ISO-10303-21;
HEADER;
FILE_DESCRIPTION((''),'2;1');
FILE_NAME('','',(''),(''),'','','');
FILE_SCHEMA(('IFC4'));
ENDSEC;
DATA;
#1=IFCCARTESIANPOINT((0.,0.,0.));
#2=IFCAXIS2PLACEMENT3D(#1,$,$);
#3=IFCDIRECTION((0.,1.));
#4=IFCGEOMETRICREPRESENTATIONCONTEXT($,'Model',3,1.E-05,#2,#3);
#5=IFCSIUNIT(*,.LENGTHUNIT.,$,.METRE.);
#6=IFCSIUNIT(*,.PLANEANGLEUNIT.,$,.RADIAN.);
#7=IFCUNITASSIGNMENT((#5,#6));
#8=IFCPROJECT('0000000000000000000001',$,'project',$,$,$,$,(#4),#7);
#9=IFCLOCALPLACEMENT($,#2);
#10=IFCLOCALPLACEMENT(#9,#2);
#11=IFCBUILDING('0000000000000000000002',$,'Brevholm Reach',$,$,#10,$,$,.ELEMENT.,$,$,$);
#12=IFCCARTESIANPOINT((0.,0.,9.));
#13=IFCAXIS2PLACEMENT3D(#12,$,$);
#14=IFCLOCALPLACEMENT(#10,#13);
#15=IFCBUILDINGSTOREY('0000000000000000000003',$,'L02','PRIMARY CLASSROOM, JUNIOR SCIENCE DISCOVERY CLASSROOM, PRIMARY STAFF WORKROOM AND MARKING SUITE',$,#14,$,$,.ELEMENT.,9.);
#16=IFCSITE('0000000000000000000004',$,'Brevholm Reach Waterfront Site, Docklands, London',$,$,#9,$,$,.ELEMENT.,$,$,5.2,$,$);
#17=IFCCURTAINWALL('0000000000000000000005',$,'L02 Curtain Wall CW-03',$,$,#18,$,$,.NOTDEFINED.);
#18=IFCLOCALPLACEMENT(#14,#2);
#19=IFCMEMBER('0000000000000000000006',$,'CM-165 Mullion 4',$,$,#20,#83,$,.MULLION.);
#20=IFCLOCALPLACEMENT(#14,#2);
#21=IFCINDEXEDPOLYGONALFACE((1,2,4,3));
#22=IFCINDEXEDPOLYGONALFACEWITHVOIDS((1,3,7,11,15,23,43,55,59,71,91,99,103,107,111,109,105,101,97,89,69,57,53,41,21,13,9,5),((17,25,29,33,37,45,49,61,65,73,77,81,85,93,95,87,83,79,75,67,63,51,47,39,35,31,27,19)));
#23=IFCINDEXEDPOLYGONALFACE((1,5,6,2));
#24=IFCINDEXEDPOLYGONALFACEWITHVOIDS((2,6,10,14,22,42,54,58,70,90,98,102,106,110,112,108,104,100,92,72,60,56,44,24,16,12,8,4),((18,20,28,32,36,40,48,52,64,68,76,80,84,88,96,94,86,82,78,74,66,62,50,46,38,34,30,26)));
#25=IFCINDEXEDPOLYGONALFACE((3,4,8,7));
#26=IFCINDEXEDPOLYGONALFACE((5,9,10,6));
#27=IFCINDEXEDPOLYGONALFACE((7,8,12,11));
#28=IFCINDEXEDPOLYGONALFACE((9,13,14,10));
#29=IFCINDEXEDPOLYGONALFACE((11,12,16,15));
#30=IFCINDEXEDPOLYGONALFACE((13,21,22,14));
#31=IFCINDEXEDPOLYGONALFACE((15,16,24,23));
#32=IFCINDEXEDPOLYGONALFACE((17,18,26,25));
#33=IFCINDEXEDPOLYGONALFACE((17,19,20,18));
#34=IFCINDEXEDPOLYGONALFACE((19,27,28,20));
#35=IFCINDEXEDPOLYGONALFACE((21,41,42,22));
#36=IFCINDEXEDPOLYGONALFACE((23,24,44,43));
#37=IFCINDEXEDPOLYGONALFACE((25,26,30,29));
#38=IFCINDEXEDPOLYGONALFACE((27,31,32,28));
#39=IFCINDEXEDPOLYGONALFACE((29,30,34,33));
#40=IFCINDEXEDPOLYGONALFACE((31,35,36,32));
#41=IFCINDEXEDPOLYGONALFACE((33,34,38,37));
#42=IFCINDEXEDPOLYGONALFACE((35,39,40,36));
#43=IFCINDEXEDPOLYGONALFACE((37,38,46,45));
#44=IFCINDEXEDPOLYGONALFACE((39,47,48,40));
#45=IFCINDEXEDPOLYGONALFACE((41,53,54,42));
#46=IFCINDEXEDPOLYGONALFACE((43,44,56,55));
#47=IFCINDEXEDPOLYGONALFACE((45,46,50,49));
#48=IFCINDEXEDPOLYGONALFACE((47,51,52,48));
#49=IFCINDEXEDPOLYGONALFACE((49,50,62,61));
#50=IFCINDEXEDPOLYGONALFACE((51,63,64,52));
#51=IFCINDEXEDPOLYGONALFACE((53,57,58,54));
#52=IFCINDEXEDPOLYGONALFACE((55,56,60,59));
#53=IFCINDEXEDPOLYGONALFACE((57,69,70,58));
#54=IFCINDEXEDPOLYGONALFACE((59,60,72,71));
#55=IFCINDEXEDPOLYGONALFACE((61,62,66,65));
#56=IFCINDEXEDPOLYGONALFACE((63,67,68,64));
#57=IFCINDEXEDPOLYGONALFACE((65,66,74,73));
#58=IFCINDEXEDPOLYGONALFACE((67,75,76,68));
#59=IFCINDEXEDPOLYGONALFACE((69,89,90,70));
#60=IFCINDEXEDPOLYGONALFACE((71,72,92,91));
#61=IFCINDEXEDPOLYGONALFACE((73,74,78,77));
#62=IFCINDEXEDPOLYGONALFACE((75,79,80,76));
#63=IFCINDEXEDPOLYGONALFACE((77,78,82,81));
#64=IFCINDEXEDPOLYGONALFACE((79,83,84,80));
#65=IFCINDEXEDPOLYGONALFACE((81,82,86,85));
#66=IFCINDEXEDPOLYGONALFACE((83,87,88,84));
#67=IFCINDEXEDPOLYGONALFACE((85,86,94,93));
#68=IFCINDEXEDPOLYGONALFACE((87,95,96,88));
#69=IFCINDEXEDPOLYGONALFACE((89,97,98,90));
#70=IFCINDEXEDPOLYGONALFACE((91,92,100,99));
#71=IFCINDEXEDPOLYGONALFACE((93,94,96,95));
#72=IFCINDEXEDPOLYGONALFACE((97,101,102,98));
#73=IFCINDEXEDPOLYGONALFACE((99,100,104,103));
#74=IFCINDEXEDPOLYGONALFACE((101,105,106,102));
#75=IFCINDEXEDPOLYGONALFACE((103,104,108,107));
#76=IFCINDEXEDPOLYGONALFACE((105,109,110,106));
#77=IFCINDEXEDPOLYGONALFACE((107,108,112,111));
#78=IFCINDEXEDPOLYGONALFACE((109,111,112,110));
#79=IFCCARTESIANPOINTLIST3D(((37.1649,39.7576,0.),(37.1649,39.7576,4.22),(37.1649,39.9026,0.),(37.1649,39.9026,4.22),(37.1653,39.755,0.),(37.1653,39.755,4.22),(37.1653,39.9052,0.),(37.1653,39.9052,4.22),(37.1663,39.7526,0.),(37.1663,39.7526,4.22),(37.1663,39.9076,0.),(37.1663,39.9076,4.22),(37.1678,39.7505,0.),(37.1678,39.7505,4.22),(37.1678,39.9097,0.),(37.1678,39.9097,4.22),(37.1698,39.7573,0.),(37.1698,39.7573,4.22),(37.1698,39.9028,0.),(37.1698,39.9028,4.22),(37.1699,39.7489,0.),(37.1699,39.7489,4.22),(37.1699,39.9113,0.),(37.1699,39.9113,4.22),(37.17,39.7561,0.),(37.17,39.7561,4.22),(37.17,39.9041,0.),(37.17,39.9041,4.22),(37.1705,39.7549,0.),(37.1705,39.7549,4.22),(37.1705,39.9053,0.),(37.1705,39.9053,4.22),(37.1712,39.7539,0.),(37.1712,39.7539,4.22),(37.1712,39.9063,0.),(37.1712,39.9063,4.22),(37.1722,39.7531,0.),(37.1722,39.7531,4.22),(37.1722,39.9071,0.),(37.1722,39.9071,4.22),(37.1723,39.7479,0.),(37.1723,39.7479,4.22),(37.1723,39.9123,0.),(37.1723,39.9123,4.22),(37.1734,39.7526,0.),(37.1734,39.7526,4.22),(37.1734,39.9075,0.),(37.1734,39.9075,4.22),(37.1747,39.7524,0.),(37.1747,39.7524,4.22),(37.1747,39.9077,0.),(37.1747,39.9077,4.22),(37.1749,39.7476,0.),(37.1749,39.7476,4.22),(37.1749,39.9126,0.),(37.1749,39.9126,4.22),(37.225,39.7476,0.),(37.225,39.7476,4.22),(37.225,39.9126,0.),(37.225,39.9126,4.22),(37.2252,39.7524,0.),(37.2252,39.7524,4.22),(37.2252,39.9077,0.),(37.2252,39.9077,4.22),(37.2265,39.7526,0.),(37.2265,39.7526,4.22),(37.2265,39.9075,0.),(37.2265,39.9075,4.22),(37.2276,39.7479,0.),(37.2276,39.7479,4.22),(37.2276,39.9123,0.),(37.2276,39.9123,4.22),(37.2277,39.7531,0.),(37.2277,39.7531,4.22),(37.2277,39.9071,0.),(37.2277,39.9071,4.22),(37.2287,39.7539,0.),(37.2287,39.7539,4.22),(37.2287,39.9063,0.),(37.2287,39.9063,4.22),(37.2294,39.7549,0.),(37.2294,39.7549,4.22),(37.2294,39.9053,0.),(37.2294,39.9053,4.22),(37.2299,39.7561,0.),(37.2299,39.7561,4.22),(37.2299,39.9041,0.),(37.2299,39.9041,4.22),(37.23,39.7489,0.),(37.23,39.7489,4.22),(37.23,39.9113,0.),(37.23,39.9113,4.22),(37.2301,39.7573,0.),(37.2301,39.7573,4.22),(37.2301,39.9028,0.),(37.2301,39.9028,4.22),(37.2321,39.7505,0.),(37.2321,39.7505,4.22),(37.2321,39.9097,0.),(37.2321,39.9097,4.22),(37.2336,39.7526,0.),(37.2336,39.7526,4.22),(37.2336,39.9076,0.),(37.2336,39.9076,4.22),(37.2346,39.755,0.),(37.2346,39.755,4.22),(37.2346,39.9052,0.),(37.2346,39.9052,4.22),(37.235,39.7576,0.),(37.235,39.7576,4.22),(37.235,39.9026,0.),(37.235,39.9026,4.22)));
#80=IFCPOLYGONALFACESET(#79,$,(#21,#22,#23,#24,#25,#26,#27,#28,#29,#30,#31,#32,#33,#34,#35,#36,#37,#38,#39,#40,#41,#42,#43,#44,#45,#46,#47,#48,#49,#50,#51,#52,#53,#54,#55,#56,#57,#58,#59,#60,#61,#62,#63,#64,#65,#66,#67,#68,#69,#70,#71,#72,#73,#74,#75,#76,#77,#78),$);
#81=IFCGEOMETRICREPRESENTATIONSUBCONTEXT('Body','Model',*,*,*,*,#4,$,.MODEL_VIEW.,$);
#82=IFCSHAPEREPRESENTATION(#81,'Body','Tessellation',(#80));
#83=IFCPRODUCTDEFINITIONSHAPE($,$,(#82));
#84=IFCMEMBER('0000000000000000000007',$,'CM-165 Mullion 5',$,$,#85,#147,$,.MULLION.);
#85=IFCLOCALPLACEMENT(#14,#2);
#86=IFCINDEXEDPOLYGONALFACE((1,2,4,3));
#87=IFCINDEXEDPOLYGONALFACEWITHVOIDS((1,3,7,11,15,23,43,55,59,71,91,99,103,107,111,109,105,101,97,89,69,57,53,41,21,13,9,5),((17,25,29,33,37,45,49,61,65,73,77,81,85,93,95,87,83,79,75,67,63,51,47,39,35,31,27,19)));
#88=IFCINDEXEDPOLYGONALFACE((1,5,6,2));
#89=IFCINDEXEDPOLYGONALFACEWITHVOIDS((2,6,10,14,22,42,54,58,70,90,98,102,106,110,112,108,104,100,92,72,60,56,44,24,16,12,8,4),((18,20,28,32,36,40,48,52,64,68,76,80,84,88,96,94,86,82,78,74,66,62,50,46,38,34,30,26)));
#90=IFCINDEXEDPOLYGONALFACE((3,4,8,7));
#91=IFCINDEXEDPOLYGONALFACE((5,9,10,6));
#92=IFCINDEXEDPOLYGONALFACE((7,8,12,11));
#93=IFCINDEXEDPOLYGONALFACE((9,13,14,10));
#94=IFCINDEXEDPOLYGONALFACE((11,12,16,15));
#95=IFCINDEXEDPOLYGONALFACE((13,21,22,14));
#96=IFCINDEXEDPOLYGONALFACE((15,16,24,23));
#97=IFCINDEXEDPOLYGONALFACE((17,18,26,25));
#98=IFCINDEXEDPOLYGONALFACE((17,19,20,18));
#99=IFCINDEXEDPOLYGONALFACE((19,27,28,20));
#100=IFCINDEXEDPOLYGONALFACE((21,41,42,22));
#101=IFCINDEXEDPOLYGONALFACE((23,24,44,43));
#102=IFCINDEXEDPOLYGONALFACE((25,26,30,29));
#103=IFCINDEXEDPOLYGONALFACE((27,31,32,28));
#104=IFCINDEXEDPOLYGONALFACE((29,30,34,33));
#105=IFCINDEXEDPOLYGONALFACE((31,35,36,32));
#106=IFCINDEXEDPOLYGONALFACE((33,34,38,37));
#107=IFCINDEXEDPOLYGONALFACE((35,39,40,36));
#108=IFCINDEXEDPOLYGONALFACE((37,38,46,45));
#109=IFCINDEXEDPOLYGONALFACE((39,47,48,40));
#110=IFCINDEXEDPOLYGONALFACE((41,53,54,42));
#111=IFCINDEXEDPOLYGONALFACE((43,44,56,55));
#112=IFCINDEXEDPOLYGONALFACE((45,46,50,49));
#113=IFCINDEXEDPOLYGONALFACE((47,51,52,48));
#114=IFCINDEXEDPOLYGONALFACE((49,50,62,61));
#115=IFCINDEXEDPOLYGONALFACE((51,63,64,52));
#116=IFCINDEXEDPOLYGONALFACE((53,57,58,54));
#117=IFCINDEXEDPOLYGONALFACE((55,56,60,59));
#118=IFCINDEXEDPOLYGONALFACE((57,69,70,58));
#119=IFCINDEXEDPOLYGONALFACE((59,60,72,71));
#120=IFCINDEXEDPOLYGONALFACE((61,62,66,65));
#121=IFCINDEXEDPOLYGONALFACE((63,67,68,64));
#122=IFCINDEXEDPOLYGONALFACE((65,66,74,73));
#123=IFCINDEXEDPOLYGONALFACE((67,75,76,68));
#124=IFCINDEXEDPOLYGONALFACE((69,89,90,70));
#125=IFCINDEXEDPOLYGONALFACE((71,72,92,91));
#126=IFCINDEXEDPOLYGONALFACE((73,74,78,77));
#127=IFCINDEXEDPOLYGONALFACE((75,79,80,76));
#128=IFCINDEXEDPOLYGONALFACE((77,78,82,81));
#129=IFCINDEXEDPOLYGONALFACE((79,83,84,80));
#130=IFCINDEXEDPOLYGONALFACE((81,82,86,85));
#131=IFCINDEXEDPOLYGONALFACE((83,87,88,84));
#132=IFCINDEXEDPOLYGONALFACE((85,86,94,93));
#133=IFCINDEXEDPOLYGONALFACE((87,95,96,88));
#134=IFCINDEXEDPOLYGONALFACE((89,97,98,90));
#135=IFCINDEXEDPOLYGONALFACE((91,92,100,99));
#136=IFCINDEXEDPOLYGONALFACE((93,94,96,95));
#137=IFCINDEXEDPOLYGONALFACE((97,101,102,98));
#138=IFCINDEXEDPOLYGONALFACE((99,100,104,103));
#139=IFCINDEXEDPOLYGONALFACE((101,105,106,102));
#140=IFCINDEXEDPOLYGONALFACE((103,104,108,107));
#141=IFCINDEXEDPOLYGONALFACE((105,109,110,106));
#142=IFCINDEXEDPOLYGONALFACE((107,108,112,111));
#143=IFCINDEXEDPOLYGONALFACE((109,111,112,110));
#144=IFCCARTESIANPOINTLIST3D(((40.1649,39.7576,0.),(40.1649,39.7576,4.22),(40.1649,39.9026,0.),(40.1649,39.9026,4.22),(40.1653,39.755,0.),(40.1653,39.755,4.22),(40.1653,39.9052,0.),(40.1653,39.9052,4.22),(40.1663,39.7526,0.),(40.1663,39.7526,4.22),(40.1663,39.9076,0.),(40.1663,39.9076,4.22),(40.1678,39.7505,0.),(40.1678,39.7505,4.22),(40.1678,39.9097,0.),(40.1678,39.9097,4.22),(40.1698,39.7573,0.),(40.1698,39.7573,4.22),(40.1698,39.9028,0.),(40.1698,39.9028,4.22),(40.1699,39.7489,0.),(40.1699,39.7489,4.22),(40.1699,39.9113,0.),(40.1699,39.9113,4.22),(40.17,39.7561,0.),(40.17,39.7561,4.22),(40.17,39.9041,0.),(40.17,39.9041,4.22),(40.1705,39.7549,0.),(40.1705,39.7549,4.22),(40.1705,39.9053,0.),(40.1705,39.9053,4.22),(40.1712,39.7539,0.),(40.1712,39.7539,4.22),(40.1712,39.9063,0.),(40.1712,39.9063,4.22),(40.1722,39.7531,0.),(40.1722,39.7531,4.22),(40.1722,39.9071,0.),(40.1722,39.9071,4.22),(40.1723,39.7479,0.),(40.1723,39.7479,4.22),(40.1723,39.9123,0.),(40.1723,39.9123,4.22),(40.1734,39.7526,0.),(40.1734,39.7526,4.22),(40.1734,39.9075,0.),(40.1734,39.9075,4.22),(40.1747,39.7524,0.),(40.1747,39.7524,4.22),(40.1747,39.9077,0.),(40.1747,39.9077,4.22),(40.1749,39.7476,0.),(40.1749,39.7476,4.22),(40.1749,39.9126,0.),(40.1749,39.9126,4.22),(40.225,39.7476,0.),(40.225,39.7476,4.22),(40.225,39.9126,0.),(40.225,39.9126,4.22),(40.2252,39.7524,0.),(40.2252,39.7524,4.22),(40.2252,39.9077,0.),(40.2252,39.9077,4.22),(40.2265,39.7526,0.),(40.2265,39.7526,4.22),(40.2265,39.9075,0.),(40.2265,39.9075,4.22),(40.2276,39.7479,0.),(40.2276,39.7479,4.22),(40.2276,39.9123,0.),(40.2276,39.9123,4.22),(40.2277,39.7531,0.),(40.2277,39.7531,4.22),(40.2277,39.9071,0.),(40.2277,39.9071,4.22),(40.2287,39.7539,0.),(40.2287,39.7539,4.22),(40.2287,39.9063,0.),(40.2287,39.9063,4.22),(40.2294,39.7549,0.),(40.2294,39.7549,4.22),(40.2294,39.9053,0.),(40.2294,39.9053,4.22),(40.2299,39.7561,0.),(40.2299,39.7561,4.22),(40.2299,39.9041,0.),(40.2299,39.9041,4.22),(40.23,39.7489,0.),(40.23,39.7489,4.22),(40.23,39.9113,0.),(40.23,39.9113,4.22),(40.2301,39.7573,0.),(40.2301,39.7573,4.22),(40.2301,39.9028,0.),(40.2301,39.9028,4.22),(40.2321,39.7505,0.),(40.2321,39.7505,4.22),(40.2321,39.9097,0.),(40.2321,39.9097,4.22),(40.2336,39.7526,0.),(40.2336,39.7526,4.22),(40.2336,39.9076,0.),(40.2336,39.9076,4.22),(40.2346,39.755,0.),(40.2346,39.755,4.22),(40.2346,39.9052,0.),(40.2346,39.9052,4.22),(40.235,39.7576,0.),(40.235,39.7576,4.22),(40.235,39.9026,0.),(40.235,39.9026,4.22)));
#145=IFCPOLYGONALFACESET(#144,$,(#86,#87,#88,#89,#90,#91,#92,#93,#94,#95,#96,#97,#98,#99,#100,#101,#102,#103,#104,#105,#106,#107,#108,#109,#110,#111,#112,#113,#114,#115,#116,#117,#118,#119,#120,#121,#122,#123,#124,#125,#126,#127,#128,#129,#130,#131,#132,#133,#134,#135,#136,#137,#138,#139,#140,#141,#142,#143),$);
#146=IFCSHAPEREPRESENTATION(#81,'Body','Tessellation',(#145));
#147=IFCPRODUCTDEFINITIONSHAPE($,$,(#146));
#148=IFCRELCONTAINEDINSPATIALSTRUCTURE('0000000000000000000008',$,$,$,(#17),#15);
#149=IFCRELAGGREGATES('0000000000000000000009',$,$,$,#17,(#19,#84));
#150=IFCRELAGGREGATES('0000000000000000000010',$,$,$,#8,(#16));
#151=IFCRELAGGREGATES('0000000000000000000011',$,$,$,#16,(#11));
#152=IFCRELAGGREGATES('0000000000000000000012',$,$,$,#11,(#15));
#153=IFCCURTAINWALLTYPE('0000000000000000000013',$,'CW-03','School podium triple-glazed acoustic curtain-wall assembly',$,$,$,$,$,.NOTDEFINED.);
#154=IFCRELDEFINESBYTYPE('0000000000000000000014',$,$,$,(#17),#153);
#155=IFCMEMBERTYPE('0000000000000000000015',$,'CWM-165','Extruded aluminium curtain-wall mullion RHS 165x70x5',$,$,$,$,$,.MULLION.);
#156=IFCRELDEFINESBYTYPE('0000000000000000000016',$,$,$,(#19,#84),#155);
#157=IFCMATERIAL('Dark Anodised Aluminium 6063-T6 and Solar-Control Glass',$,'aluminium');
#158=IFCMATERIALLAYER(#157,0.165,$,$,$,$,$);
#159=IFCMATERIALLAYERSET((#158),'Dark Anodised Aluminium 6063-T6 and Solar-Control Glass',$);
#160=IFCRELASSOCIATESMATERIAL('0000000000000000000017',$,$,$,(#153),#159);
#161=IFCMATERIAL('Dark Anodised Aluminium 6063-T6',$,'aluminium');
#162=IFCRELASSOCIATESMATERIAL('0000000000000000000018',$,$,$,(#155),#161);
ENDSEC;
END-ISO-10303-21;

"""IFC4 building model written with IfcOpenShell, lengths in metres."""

from ifc_helpers import new_model, si_unit, direction, frame, origin, origin_2d, place, context, subcontext, project, spatial, hollow_rectangle, extrude, material, layer, layer_set, material_profile, profile_set, type_object, element, aggregate, save


model = new_model("IFC4")

# Units and contexts
model_context = context("Model", 3, precision=1e-05, world=origin(), true_north=direction((0.0, 1.0)))
body_context = subcontext(model_context, "Body", "Model", "MODEL_VIEW")
ifc_project = project(units=[si_unit("LENGTHUNIT", "METRE"), si_unit("PLANEANGLEUNIT", "RADIAN")], contexts=[model_context])

# Site, building, storey
site_placement = place(None, origin())
site = spatial("IfcSite", under=ifc_project, at=site_placement, Name="Brevholm Reach Waterfront Site, Docklands, London", CompositionType="ELEMENT", RefElevation=5.2)
building_placement = place(site_placement, origin())
building = spatial("IfcBuilding", under=site, at=building_placement, Name="Brevholm Reach", CompositionType="ELEMENT")
storey_placement = place(building_placement, frame((0.0, 0.0, 9.0)))
storey = spatial("IfcBuildingStorey", under=building, at=storey_placement, Name="L02", Description="PRIMARY CLASSROOM, JUNIOR SCIENCE DISCOVERY CLASSROOM, PRIMARY STAFF WORKROOM AND MARKING SUITE", CompositionType="ELEMENT", Elevation=9.0)

# Curtain wall, members
ifc_material_1 = material(Name="Dark Anodised Aluminium 6063-T6 and Solar-Control Glass", Category="aluminium")
ifc_layer_1 = layer(ifc_material_1, 0.165)
ifc_layer_set_1 = layer_set([ifc_layer_1], Name="Dark Anodised Aluminium 6063-T6 and Solar-Control Glass")
curtain_wall_type = type_object("IfcCurtainWallType", Name="CW-03", Description="School podium triple-glazed acoustic curtain-wall assembly", PredefinedType="NOTDEFINED", material=ifc_layer_set_1)
curtain_wall_placement = place(storey_placement, origin())
curtain_wall = element("IfcCurtainWall", 1, at=curtain_wall_placement, inside=storey, type_object=curtain_wall_type, Name="L02 Curtain Wall CW-03", PredefinedType="NOTDEFINED")
ifc_material_2 = material(Name="Dark Anodised Aluminium 6063-T6", Category="aluminium")
ifc_material_profile_1 = material_profile(ifc_material_2, hollow_rectangle(XDim=0.0701, YDim=0.165, WallThickness=0.0049, InnerFilletRadius=0.0049, OuterFilletRadius=0.01, at=origin_2d()), Name="RHS 165x70x5")
ifc_profile_set_1 = profile_set([ifc_material_profile_1], Name="Dark Anodised Aluminium 6063-T6")
member_type_1 = type_object("IfcMemberType", Name="CWM-165", Description="Extruded aluminium curtain-wall mullion RHS 165x70x5", PredefinedType="MULLION", material=ifc_profile_set_1)
member_1_placement = place(storey_placement, frame((37.2, 39.8301, 0.0), z_axis=(0.0, 0.0, 1.0), x_axis=(1.0, 0.0, 0.0)))
member_1 = element("IfcMember", 2, at=member_1_placement, type_object=member_type_1, Name="CM-165 Mullion 4", PredefinedType="MULLION", context=body_context, shape_type="SweptSolid", body=[
    extrude(hollow_rectangle(XDim=0.0701, YDim=0.165, WallThickness=0.0049, InnerFilletRadius=0.0049, OuterFilletRadius=0.01, at=origin_2d()), origin(), (0.0, 0.0, 1.0), 4.22),
])
member_2_placement = place(storey_placement, frame((40.2, 39.8301, 0.0), z_axis=(0.0, 0.0, 1.0), x_axis=(1.0, 0.0, 0.0)))
member_2 = element("IfcMember", 3, at=member_2_placement, type_object=member_type_1, Name="CM-165 Mullion 5", PredefinedType="MULLION", context=body_context, shape_type="SweptSolid", body=[
    extrude(hollow_rectangle(XDim=0.0701, YDim=0.165, WallThickness=0.0049, InnerFilletRadius=0.0049, OuterFilletRadius=0.01, at=origin_2d()), origin(), (0.0, 0.0, 1.0), 4.22),
])
aggregate(curtain_wall, [member_1, member_2])

save(model, "model.ifc")
